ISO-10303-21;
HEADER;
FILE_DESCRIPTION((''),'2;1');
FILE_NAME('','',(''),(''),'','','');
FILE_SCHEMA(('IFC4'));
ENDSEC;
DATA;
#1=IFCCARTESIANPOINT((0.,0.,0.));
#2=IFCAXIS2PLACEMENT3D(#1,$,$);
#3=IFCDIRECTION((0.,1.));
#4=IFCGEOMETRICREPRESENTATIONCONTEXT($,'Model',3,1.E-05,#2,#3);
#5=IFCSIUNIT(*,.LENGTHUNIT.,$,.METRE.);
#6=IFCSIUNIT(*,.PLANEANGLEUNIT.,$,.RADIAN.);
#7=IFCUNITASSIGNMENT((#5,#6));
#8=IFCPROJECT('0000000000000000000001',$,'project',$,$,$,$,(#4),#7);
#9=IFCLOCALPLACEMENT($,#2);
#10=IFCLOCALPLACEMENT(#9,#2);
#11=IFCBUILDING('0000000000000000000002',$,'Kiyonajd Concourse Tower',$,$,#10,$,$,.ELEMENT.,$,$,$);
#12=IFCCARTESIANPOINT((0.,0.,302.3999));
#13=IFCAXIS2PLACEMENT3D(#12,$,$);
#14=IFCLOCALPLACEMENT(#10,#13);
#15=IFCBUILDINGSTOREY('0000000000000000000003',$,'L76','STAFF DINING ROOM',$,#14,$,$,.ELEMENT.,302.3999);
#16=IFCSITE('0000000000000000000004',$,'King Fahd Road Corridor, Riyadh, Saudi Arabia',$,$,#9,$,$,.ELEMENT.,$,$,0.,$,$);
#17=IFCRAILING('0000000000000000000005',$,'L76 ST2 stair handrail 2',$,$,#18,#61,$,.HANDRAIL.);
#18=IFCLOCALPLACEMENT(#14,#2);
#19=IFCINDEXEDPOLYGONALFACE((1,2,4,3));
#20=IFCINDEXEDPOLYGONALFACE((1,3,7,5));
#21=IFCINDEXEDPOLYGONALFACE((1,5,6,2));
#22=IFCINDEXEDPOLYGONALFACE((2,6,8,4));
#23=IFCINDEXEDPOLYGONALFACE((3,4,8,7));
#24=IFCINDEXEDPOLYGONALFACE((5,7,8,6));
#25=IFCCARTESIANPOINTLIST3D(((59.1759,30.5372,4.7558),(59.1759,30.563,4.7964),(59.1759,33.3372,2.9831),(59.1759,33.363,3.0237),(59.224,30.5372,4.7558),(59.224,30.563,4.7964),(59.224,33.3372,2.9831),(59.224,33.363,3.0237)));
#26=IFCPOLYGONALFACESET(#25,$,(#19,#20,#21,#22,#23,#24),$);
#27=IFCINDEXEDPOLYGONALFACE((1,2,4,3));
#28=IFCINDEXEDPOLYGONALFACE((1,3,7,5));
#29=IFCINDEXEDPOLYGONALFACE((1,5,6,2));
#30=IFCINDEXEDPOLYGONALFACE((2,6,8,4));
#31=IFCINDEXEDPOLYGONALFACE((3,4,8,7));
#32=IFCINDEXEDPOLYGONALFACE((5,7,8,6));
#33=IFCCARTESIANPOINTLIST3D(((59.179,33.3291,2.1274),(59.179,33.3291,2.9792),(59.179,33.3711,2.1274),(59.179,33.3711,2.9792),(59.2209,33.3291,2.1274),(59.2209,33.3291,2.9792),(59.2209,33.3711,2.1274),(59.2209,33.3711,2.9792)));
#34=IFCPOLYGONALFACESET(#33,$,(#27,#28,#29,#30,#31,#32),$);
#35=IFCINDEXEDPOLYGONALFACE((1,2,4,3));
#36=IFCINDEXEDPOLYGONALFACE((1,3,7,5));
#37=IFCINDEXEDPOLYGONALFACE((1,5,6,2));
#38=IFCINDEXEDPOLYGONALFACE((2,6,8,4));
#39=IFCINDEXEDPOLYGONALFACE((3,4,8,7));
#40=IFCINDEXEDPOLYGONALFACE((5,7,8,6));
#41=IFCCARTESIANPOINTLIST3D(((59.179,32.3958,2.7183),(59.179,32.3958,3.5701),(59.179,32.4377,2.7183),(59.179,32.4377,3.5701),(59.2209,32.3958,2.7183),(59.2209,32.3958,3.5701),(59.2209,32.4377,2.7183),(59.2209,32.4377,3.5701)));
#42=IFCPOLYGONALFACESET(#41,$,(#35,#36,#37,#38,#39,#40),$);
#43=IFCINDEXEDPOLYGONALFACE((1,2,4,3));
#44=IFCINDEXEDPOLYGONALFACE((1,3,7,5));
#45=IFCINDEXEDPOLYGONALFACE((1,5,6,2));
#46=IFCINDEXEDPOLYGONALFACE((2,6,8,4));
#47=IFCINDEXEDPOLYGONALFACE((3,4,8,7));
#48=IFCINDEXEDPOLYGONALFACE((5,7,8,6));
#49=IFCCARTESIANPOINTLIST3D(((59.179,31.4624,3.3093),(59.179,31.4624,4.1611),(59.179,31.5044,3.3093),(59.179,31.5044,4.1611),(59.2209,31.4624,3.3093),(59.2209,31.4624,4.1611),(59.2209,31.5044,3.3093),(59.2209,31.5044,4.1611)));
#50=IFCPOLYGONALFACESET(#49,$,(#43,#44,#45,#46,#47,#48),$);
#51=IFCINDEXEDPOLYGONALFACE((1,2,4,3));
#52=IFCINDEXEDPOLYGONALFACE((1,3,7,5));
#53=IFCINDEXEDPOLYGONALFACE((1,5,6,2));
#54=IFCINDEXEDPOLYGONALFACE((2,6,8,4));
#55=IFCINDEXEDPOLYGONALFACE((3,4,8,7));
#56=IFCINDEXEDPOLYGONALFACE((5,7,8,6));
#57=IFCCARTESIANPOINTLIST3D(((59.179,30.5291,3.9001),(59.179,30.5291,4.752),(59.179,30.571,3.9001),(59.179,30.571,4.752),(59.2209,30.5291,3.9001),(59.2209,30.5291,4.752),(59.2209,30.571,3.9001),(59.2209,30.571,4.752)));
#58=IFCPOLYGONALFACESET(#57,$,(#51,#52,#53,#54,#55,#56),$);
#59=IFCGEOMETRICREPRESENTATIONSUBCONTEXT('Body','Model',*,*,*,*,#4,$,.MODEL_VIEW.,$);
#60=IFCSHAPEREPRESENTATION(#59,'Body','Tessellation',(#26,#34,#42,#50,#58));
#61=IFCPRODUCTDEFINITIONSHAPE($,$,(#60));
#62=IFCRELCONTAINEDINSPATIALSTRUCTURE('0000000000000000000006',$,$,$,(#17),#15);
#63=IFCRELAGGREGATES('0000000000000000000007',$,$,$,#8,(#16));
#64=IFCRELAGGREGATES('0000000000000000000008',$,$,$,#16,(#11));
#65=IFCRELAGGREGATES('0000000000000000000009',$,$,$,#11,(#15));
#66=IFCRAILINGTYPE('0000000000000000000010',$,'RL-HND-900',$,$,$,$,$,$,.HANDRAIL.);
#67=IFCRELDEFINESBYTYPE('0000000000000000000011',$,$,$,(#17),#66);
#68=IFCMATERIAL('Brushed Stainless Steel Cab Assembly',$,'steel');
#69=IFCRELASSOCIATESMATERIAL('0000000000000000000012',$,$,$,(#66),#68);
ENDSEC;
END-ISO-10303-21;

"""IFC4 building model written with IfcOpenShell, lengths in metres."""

from ifc_helpers import new_model, si_unit, direction, frame, origin, origin_2d, place, context, subcontext, project, spatial, rectangle, extrude, material, type_object, element, save


model = new_model("IFC4")

# Units and contexts
model_context = context("Model", 3, precision=1e-05, world=origin(), true_north=direction((0.0, 1.0)))
body_context = subcontext(model_context, "Body", "Model", "MODEL_VIEW")
ifc_project = project(units=[si_unit("LENGTHUNIT", "METRE"), si_unit("PLANEANGLEUNIT", "RADIAN")], contexts=[model_context])

# Site, building, storey
site_placement = place(None, origin())
site = spatial("IfcSite", under=ifc_project, at=site_placement, Name="King Fahd Road Corridor, Riyadh, Saudi Arabia", CompositionType="ELEMENT", RefElevation=0.0)
building_placement = place(site_placement, origin())
building = spatial("IfcBuilding", under=site, at=building_placement, Name="Kiyonajd Concourse Tower", CompositionType="ELEMENT")
storey_placement = place(building_placement, frame((0.0, 0.0, 302.3999)))
storey = spatial("IfcBuildingStorey", under=building, at=storey_placement, Name="L76", Description="STAFF DINING ROOM", CompositionType="ELEMENT", Elevation=302.3999)

# Railing
ifc_material_1 = material(Name="Brushed Stainless Steel Cab Assembly", Category="steel")
railing_type_1 = type_object("IfcRailingType", Name="RL-HND-900", PredefinedType="HANDRAIL", material=ifc_material_1)
railing_1_placement = place(storey_placement, frame((59.2, 33.3501, 2.1274)))
element("IfcRailing", 1, at=railing_1_placement, inside=storey, type_object=railing_type_1, Name="L76 ST2 stair handrail 2", PredefinedType="HANDRAIL", context=body_context, shape_type="SweptSolid", body=[
    extrude(rectangle(XDim=0.0481, YDim=0.0481, at=origin_2d()), frame((0.0, 0.0, 0.876), z_axis=(0.0, -0.844909, 0.53491), x_axis=(1.0, 0.0, 0.0)), (0.0, 0.0, 1.0), 3.314),
    extrude(rectangle(XDim=0.042, YDim=0.042, at=origin_2d()), origin(), (0.0, 0.0, 1.0), 0.8518),
    extrude(rectangle(XDim=0.042, YDim=0.042, at=origin_2d()), frame((0.0, -0.9333, 0.5908)), (0.0, 0.0, 1.0), 0.8518),
    extrude(rectangle(XDim=0.042, YDim=0.042, at=origin_2d()), frame((0.0, -1.8667, 1.1819)), (0.0, 0.0, 1.0), 0.8518),
    extrude(rectangle(XDim=0.042, YDim=0.042, at=origin_2d()), frame((0.0, -2.8, 1.7727)), (0.0, 0.0, 1.0), 0.8518),
])

save(model, "model.ifc")
